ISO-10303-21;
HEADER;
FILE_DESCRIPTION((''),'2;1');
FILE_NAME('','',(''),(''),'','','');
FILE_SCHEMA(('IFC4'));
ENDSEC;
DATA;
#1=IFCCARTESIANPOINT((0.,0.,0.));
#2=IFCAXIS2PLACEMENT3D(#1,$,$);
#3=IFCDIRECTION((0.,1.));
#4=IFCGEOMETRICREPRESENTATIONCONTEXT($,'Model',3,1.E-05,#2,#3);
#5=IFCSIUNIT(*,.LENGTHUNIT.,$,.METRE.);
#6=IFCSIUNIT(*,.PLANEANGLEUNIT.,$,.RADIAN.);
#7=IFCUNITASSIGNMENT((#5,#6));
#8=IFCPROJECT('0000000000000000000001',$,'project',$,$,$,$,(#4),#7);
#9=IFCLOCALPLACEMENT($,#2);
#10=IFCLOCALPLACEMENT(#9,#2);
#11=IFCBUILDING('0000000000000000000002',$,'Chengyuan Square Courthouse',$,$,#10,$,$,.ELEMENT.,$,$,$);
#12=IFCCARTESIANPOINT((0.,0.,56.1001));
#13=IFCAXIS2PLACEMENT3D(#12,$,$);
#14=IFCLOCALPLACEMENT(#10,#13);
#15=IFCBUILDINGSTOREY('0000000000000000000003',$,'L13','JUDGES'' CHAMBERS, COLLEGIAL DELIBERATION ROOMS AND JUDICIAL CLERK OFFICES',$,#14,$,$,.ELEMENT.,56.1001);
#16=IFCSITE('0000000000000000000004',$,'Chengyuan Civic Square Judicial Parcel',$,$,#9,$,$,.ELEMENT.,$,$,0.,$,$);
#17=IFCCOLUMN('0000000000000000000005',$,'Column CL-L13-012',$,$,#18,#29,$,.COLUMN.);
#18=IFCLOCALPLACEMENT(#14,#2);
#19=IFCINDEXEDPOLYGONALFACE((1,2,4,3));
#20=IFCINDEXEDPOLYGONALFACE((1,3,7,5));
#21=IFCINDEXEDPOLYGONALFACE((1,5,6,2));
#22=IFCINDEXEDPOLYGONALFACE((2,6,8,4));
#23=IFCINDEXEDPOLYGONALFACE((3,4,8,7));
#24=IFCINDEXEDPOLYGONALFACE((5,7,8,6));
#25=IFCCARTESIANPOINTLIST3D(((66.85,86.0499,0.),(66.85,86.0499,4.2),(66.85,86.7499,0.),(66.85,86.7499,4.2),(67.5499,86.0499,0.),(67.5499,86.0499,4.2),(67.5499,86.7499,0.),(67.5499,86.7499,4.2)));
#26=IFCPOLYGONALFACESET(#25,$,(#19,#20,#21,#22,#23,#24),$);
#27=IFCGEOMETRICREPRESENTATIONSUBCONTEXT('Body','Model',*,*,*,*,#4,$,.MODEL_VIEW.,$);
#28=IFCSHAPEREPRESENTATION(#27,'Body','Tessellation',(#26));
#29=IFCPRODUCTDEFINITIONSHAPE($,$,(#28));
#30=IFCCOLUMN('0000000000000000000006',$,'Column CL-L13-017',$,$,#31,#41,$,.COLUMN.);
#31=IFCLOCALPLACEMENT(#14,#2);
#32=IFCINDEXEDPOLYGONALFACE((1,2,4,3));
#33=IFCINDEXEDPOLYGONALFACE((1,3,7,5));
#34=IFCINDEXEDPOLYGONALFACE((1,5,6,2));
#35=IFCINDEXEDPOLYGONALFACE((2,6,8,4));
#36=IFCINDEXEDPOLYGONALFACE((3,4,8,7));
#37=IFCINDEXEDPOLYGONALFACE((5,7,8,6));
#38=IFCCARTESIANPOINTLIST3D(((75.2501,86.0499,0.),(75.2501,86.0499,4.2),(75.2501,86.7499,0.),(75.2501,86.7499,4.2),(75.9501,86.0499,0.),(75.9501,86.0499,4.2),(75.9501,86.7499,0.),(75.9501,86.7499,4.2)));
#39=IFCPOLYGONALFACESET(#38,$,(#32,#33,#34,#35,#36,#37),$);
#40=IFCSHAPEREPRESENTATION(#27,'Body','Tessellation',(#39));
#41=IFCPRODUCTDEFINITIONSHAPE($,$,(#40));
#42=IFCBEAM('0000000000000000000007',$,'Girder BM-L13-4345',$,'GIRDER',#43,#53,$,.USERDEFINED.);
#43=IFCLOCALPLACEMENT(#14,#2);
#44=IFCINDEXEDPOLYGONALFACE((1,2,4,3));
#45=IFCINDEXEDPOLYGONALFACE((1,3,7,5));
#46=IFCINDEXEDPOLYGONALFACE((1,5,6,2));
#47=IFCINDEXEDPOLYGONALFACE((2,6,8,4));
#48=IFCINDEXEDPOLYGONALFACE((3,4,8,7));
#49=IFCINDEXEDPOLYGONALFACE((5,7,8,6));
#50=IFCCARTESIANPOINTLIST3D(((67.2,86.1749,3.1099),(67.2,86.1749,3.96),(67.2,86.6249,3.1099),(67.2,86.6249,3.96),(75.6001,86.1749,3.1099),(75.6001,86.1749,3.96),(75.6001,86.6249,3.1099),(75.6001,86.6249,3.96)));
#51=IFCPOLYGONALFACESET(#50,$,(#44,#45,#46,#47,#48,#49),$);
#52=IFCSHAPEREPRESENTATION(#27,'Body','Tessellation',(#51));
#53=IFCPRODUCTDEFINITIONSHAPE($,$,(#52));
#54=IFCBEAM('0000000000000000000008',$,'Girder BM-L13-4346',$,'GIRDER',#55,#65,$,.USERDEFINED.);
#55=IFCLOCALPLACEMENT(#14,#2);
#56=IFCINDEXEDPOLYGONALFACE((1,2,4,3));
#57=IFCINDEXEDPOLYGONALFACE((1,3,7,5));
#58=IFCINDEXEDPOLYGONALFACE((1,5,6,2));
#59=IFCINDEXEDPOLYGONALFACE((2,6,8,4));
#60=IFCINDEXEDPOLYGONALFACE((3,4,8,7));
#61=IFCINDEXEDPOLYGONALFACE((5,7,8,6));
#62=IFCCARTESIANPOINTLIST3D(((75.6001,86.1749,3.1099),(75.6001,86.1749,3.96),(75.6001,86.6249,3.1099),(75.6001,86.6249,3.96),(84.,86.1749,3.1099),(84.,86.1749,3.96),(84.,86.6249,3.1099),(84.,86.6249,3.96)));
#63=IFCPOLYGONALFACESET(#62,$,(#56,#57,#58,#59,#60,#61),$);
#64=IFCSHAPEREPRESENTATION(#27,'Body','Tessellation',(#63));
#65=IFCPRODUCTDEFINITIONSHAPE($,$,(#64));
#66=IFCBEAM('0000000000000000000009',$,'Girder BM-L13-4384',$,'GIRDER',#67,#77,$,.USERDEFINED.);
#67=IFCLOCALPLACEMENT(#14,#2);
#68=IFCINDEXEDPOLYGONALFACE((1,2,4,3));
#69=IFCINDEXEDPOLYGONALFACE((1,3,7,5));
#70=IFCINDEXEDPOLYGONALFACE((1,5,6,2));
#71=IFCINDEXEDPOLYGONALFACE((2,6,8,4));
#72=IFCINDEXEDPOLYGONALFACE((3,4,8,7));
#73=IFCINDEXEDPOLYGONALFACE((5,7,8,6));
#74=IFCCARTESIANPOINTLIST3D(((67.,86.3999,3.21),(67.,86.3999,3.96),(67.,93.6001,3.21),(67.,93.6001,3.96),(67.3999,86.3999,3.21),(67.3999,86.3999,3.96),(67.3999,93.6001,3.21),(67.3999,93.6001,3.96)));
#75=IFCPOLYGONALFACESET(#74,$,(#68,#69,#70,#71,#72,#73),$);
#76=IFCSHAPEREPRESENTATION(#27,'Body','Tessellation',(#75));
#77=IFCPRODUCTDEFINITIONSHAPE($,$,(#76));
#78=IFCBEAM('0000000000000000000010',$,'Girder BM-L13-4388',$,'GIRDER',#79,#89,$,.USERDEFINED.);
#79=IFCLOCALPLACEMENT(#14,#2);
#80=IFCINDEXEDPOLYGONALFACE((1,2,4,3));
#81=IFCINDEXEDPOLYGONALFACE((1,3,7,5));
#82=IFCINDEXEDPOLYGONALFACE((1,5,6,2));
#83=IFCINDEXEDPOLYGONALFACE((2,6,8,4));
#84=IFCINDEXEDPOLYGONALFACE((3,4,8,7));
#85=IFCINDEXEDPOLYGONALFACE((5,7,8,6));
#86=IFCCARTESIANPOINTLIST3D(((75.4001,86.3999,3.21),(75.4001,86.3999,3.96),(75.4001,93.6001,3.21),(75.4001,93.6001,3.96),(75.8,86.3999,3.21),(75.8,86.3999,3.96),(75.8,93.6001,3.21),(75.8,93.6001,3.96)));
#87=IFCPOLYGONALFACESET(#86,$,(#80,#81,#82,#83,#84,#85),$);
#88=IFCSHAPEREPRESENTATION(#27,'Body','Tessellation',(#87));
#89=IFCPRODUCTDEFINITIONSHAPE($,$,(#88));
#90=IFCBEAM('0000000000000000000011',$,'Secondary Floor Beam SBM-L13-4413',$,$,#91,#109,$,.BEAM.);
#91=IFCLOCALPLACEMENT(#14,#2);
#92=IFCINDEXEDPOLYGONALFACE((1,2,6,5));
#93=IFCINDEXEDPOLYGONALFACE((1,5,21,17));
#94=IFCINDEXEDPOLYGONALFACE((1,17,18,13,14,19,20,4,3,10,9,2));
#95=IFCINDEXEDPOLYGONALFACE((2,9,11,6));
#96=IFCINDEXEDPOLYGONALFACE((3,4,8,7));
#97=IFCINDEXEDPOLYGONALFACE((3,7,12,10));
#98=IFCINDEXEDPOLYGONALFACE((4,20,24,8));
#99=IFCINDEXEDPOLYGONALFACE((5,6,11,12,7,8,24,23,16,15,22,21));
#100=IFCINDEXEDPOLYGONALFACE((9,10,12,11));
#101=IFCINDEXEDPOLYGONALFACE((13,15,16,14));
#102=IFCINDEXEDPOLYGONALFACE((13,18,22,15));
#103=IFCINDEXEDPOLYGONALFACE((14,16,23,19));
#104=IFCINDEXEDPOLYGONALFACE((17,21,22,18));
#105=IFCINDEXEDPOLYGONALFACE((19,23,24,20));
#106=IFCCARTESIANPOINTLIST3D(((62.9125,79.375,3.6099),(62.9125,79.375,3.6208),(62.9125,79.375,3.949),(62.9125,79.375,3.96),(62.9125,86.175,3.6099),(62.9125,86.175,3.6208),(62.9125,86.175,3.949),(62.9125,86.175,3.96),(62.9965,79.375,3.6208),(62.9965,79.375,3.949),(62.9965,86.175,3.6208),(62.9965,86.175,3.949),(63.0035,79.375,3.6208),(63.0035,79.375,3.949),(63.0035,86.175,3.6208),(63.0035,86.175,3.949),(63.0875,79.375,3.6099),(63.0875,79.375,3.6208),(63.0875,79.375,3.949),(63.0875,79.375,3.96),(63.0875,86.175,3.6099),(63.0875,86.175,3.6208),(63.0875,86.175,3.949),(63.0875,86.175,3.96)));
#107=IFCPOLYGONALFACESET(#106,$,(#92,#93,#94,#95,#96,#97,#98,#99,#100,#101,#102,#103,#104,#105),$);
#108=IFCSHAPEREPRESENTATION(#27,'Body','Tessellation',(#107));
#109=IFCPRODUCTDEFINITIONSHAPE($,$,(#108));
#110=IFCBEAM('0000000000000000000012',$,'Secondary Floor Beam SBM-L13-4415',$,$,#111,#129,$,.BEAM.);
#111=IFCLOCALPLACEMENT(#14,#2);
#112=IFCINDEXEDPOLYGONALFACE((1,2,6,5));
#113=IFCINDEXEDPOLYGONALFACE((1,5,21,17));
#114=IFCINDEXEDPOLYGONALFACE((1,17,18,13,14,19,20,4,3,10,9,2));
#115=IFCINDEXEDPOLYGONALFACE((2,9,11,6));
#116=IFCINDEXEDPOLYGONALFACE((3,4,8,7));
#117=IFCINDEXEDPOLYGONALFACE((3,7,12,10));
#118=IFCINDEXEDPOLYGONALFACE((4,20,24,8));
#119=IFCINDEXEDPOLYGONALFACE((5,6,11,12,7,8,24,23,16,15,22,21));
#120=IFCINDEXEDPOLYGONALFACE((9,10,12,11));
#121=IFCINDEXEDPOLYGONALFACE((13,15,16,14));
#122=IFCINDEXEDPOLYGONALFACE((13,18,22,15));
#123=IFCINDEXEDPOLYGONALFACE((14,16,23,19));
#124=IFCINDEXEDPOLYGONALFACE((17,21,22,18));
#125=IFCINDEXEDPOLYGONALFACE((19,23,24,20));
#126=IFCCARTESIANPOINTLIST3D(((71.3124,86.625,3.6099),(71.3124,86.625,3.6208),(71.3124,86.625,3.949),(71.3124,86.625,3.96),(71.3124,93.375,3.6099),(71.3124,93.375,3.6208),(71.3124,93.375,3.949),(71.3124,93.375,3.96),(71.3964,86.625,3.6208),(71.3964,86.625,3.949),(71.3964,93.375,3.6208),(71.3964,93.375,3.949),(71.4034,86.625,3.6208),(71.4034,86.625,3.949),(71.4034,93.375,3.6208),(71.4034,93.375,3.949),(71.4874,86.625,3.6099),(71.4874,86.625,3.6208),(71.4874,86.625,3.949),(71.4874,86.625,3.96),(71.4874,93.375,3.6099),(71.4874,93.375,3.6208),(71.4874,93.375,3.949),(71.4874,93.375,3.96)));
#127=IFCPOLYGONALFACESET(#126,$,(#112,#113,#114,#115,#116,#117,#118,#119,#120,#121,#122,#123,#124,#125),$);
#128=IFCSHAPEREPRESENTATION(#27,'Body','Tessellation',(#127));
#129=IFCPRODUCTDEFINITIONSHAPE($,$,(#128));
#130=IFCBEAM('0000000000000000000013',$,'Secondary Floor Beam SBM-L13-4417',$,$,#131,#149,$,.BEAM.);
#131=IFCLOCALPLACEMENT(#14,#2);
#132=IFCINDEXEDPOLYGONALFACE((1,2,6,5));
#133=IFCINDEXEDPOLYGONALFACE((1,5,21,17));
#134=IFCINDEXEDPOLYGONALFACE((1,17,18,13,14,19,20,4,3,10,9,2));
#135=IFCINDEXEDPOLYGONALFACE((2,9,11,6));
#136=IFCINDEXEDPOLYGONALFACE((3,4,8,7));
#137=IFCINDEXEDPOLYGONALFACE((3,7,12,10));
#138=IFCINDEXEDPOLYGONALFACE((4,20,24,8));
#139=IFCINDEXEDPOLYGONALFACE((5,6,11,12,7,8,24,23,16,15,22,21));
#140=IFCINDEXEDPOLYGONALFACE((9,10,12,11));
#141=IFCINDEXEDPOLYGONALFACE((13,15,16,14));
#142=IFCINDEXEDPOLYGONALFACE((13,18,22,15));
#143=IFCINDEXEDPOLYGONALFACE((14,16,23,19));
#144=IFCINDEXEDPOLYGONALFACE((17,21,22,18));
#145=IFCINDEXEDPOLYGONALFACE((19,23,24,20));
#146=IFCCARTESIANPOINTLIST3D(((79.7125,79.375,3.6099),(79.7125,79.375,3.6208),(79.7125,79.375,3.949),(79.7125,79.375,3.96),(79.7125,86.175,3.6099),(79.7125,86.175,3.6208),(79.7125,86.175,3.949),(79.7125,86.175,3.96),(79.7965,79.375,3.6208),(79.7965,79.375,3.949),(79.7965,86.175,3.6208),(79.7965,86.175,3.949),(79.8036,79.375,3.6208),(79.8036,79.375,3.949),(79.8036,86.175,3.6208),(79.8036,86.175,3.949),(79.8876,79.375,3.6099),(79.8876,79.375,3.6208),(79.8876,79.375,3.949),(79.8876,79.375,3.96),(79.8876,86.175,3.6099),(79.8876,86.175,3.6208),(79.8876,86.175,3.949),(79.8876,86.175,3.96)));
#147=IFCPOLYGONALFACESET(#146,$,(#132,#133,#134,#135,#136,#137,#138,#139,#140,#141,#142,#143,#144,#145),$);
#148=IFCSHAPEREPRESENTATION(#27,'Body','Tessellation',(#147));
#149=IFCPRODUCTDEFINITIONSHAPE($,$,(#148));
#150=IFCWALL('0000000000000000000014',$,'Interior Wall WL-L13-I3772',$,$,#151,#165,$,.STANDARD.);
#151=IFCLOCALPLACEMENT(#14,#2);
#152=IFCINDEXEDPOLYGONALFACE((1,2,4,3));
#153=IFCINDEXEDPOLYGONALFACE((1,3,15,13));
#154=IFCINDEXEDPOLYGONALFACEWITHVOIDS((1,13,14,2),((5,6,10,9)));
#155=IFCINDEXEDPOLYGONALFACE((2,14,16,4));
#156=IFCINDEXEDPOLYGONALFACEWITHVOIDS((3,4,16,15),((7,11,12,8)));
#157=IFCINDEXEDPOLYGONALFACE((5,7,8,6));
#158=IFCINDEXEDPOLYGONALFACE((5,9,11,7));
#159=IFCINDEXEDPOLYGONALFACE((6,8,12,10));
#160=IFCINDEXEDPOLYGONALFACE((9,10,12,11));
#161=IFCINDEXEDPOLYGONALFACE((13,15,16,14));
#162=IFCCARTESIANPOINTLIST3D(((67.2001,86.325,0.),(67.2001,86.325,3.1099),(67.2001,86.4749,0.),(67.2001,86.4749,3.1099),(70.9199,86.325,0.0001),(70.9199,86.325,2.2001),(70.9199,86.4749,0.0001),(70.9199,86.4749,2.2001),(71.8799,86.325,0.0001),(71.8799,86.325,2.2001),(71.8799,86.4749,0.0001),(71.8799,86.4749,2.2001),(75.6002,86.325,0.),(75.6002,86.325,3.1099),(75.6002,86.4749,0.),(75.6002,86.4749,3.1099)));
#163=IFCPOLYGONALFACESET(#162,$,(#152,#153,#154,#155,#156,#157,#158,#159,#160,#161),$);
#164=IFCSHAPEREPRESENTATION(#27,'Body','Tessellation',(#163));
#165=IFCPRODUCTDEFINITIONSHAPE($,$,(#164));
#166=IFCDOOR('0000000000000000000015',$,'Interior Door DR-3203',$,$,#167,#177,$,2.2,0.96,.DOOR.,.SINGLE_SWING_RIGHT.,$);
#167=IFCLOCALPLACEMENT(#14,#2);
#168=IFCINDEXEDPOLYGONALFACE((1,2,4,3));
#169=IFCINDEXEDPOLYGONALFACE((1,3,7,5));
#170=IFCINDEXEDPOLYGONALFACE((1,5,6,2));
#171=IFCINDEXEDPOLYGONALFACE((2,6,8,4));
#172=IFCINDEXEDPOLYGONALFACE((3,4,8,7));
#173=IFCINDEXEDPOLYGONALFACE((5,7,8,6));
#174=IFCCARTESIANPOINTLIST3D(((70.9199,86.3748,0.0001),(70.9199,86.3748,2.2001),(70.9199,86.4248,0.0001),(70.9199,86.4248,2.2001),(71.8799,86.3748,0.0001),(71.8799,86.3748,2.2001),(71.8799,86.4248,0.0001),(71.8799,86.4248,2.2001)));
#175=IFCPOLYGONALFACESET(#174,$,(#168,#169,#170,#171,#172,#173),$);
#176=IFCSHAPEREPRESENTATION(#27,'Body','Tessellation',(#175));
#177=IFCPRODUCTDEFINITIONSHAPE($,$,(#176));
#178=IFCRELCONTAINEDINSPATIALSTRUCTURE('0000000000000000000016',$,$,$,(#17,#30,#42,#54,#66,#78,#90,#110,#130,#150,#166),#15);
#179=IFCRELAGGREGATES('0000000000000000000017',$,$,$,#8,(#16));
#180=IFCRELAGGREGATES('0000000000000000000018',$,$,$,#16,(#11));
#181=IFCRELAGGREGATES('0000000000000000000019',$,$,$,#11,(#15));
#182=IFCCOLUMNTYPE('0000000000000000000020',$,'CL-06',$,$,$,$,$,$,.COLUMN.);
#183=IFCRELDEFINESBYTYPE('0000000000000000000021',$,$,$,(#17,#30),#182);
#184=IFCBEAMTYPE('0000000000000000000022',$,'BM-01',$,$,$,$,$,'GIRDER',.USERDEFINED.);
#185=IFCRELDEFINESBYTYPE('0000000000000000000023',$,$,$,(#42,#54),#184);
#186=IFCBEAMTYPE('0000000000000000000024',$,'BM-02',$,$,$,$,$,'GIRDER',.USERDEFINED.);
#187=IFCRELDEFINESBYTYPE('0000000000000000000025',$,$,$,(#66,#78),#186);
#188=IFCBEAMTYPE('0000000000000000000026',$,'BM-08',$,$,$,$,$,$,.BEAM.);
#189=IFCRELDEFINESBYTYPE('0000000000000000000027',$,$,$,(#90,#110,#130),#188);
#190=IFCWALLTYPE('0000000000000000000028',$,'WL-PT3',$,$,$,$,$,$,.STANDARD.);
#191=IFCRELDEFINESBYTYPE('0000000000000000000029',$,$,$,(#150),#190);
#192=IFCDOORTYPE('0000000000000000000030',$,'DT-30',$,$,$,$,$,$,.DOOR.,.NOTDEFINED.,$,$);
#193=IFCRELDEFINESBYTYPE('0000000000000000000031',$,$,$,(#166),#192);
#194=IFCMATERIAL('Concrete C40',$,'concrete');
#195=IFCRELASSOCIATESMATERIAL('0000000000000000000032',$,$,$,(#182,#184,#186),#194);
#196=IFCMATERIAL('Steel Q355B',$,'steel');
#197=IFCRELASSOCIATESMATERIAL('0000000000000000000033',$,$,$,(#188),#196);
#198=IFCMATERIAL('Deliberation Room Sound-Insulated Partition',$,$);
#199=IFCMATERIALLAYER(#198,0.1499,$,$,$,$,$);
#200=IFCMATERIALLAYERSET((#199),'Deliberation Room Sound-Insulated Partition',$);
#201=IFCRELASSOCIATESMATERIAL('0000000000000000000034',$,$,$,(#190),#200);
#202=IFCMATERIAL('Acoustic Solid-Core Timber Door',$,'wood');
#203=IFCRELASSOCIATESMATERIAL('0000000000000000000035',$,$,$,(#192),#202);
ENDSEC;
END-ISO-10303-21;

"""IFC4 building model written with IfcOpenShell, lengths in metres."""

from ifc_helpers import new_model, si_unit, direction, frame, frame_2d, origin, origin_2d, place, context, subcontext, project, spatial, rectangle, i_section, extrude, material, layer, layer_set, material_profile, profile_set, type_object, element, fill, save


model = new_model("IFC4")

# Units and contexts
model_context = context("Model", 3, precision=1e-05, world=origin(), true_north=direction((0.0, 1.0)))
body_context = subcontext(model_context, "Body", "Model", "MODEL_VIEW")
ifc_project = project(units=[si_unit("LENGTHUNIT", "METRE"), si_unit("PLANEANGLEUNIT", "RADIAN")], contexts=[model_context])

# Site, building, storey
site_placement = place(None, origin())
site = spatial("IfcSite", under=ifc_project, at=site_placement, Name="Chengyuan Civic Square Judicial Parcel", CompositionType="ELEMENT", RefElevation=0.0)
building_placement = place(site_placement, origin())
building = spatial("IfcBuilding", under=site, at=building_placement, Name="Chengyuan Square Courthouse", CompositionType="ELEMENT")
storey_placement = place(building_placement, frame((0.0, 0.0, 56.1001)))
storey = spatial("IfcBuildingStorey", under=building, at=storey_placement, Name="L13", Description="JUDGES' CHAMBERS, COLLEGIAL DELIBERATION ROOMS AND JUDICIAL CLERK OFFICES", CompositionType="ELEMENT", Elevation=56.1001)

# Columns
ifc_material_1 = material(Name="Concrete C40", Category="concrete")
ifc_material_profile_1 = material_profile(ifc_material_1, rectangle(XDim=0.7, YDim=0.7, at=origin_2d()), Name="RC-COL-700x700")
ifc_profile_set_1 = profile_set([ifc_material_profile_1], Name="Concrete C40")
column_type = type_object("IfcColumnType", Name="CL-06", PredefinedType="COLUMN", material=ifc_profile_set_1)
for number, where, z_axis, x_axis, name in (
    (1, (67.2, 86.3999, 0.0), (0.0, 0.0, 1.0), (1.0, 0.0, 0.0), "Column CL-L13-012"),
    (2, (75.6001, 86.3999, 0.0), (0.0, 0.0, 1.0), (1.0, 0.0, 0.0), "Column CL-L13-017"),
):
    element("IfcColumn", number, at=place(storey_placement, frame(where, z_axis=z_axis, x_axis=x_axis)), inside=storey, type_object=column_type, Name=name, PredefinedType="COLUMN", context=body_context, shape_type="SweptSolid", body=[
        extrude(rectangle(XDim=0.7, YDim=0.7, at=origin_2d()), origin(), (0.0, 0.0, 1.0), 4.2),
    ])

# Beams
ifc_material_profile_2 = material_profile(ifc_material_1, rectangle(XDim=0.45, YDim=0.8501, at=origin_2d()), Name="RC-BM-450x850")
ifc_profile_set_2 = profile_set([ifc_material_profile_2], Name="Concrete C40")
beam_type_1 = type_object("IfcBeamType", Name="BM-01", ElementType="GIRDER", PredefinedType="USERDEFINED", material=ifc_profile_set_2)
beam_1_placement = place(storey_placement, frame((67.2, 86.3999, 3.5349), z_axis=(1.0, 0.0, 0.0), x_axis=(0.0, 1.0, 0.0)))
element("IfcBeam", 3, at=beam_1_placement, inside=storey, type_object=beam_type_1, Name="Girder BM-L13-4345", ObjectType="GIRDER", PredefinedType="USERDEFINED", context=body_context, shape_type="SweptSolid", body=[
    extrude(rectangle(XDim=0.45, YDim=0.8501, at=origin_2d()), origin(), (0.0, 0.0, 1.0), 8.4001),
])
beam_2_placement = place(storey_placement, frame((75.6001, 86.3999, 3.5349), z_axis=(1.0, 0.0, 0.0), x_axis=(0.0, 1.0, 0.0)))
element("IfcBeam", 4, at=beam_2_placement, inside=storey, type_object=beam_type_1, Name="Girder BM-L13-4346", ObjectType="GIRDER", PredefinedType="USERDEFINED", context=body_context, shape_type="SweptSolid", body=[
    extrude(rectangle(XDim=0.45, YDim=0.8501, at=origin_2d()), origin(), (0.0, 0.0, 1.0), 8.3999),
])
ifc_material_profile_3 = material_profile(ifc_material_1, rectangle(XDim=0.3999, YDim=0.75, at=origin_2d()), Name="RC-BM-400x750")
ifc_profile_set_3 = profile_set([ifc_material_profile_3], Name="Concrete C40")
beam_type_2 = type_object("IfcBeamType", Name="BM-02", ElementType="GIRDER", PredefinedType="USERDEFINED", material=ifc_profile_set_3)
for number, where, z_axis, x_axis, name in (
    (5, (67.2, 86.3999, 3.585), (0.0, 1.0, 0.0), (-1.0, 0.0, 0.0), "Girder BM-L13-4384"),
    (6, (75.6001, 86.3999, 3.585), (0.0, 1.0, 0.0), (-1.0, 0.0, 0.0), "Girder BM-L13-4388"),
):
    element("IfcBeam", number, at=place(storey_placement, frame(where, z_axis=z_axis, x_axis=x_axis)), inside=storey, type_object=beam_type_2, Name=name, ObjectType="GIRDER", PredefinedType="USERDEFINED", context=body_context, shape_type="SweptSolid", body=[
        extrude(rectangle(XDim=0.3999, YDim=0.75, at=origin_2d()), origin(), (0.0, 0.0, 1.0), 7.2002),
    ])
ifc_material_2 = material(Name="Steel Q355B", Category="steel")
ifc_material_profile_4 = material_profile(ifc_material_2, i_section(OverallWidth=0.175, OverallDepth=0.3501, WebThickness=0.0071, FlangeThickness=0.011, at=origin_2d()), Name="HN 350x175x7x11")
ifc_profile_set_4 = profile_set([ifc_material_profile_4], Name="Steel Q355B")
beam_type_3 = type_object("IfcBeamType", Name="BM-08", PredefinedType="BEAM", material=ifc_profile_set_4)
beam_3_placement = place(storey_placement, frame((63.0, 79.375, 3.7849), z_axis=(0.0, 1.0, 0.0), x_axis=(-1.0, 0.0, 0.0)))
element("IfcBeam", 7, at=beam_3_placement, inside=storey, type_object=beam_type_3, Name="Secondary Floor Beam SBM-L13-4413", PredefinedType="BEAM", context=body_context, shape_type="SweptSolid", body=[
    extrude(i_section(OverallWidth=0.175, OverallDepth=0.3501, WebThickness=0.0071, FlangeThickness=0.011, at=origin_2d()), origin(), (0.0, 0.0, 1.0), 6.8),
])
beam_4_placement = place(storey_placement, frame((71.3999, 86.625, 3.7849), z_axis=(0.0, 1.0, 0.0), x_axis=(-1.0, 0.0, 0.0)))
element("IfcBeam", 8, at=beam_4_placement, inside=storey, type_object=beam_type_3, Name="Secondary Floor Beam SBM-L13-4415", PredefinedType="BEAM", context=body_context, shape_type="SweptSolid", body=[
    extrude(i_section(OverallWidth=0.175, OverallDepth=0.3501, WebThickness=0.0071, FlangeThickness=0.011, at=origin_2d()), origin(), (0.0, 0.0, 1.0), 6.75),
])
beam_5_placement = place(storey_placement, frame((79.8, 79.375, 3.7849), z_axis=(0.0, 1.0, 0.0), x_axis=(-1.0, 0.0, 0.0)))
element("IfcBeam", 9, at=beam_5_placement, inside=storey, type_object=beam_type_3, Name="Secondary Floor Beam SBM-L13-4417", PredefinedType="BEAM", context=body_context, shape_type="SweptSolid", body=[
    extrude(i_section(OverallWidth=0.175, OverallDepth=0.3501, WebThickness=0.0071, FlangeThickness=0.011, at=origin_2d()), origin(), (0.0, 0.0, 1.0), 6.8),
])

# Wall, opening, door
ifc_material_3 = material(Name="Deliberation Room Sound-Insulated Partition")
ifc_layer_1 = layer(ifc_material_3, 0.1499)
ifc_layer_set_1 = layer_set([ifc_layer_1], Name="Deliberation Room Sound-Insulated Partition")
wall_type_1 = type_object("IfcWallType", Name="WL-PT3", PredefinedType="STANDARD", material=ifc_layer_set_1)
wall_1_placement = place(storey_placement, frame((67.2, 86.3999, 0.0), z_axis=(0.0, 0.0, 1.0), x_axis=(1.0, 0.0, 0.0)))
wall_1 = element("IfcWall", 10, at=wall_1_placement, inside=storey, type_object=wall_type_1, Name="Interior Wall WL-L13-I3772", PredefinedType="STANDARD", context=body_context, shape_type="SweptSolid", body=[
    extrude(rectangle(XDim=8.4001, YDim=0.1499, at=frame_2d((4.2002, 0.0))), origin(), (0.0, 0.0, 1.0), 3.1099),
])
opening_placement = place(wall_1_placement, frame((3.72, 0.0, 0.0)))
opening = element("IfcOpeningElement", 11, at=opening_placement, cuts=wall_1, PredefinedType="OPENING", context=body_context, shape_type="SweptSolid", body=[
    extrude(rectangle(XDim=0.96, YDim=2.2, at=frame_2d((0.48, 1.1001))), frame((0.0, 0.0869, 0.0), z_axis=(0.0, -1.0, 0.0), x_axis=(1.0, 0.0, 0.0)), (0.0, 0.0, 1.0), 0.1738),
])
ifc_material_4 = material(Name="Acoustic Solid-Core Timber Door", Category="wood")
door_type = type_object("IfcDoorType", Name="DT-30", OperationType="NOTDEFINED", PredefinedType="DOOR", material=ifc_material_4)
door_placement = place(opening_placement, origin())
door = element("IfcDoor", 12, at=door_placement, inside=storey, type_object=door_type, Name="Interior Door DR-3203", OperationType="SINGLE_SWING_RIGHT", OverallHeight=2.2, OverallWidth=0.96, PredefinedType="DOOR", context=body_context, shape_type="SweptSolid", body=[
    extrude(rectangle(XDim=0.96, YDim=2.2, at=frame_2d((0.48, 1.1001))), frame((0.0, 0.0249, 0.0), z_axis=(0.0, -1.0, 0.0), x_axis=(1.0, 0.0, 0.0)), (0.0, 0.0, 1.0), 0.05),
])
fill(opening, door)

save(model, "model.ifc")
